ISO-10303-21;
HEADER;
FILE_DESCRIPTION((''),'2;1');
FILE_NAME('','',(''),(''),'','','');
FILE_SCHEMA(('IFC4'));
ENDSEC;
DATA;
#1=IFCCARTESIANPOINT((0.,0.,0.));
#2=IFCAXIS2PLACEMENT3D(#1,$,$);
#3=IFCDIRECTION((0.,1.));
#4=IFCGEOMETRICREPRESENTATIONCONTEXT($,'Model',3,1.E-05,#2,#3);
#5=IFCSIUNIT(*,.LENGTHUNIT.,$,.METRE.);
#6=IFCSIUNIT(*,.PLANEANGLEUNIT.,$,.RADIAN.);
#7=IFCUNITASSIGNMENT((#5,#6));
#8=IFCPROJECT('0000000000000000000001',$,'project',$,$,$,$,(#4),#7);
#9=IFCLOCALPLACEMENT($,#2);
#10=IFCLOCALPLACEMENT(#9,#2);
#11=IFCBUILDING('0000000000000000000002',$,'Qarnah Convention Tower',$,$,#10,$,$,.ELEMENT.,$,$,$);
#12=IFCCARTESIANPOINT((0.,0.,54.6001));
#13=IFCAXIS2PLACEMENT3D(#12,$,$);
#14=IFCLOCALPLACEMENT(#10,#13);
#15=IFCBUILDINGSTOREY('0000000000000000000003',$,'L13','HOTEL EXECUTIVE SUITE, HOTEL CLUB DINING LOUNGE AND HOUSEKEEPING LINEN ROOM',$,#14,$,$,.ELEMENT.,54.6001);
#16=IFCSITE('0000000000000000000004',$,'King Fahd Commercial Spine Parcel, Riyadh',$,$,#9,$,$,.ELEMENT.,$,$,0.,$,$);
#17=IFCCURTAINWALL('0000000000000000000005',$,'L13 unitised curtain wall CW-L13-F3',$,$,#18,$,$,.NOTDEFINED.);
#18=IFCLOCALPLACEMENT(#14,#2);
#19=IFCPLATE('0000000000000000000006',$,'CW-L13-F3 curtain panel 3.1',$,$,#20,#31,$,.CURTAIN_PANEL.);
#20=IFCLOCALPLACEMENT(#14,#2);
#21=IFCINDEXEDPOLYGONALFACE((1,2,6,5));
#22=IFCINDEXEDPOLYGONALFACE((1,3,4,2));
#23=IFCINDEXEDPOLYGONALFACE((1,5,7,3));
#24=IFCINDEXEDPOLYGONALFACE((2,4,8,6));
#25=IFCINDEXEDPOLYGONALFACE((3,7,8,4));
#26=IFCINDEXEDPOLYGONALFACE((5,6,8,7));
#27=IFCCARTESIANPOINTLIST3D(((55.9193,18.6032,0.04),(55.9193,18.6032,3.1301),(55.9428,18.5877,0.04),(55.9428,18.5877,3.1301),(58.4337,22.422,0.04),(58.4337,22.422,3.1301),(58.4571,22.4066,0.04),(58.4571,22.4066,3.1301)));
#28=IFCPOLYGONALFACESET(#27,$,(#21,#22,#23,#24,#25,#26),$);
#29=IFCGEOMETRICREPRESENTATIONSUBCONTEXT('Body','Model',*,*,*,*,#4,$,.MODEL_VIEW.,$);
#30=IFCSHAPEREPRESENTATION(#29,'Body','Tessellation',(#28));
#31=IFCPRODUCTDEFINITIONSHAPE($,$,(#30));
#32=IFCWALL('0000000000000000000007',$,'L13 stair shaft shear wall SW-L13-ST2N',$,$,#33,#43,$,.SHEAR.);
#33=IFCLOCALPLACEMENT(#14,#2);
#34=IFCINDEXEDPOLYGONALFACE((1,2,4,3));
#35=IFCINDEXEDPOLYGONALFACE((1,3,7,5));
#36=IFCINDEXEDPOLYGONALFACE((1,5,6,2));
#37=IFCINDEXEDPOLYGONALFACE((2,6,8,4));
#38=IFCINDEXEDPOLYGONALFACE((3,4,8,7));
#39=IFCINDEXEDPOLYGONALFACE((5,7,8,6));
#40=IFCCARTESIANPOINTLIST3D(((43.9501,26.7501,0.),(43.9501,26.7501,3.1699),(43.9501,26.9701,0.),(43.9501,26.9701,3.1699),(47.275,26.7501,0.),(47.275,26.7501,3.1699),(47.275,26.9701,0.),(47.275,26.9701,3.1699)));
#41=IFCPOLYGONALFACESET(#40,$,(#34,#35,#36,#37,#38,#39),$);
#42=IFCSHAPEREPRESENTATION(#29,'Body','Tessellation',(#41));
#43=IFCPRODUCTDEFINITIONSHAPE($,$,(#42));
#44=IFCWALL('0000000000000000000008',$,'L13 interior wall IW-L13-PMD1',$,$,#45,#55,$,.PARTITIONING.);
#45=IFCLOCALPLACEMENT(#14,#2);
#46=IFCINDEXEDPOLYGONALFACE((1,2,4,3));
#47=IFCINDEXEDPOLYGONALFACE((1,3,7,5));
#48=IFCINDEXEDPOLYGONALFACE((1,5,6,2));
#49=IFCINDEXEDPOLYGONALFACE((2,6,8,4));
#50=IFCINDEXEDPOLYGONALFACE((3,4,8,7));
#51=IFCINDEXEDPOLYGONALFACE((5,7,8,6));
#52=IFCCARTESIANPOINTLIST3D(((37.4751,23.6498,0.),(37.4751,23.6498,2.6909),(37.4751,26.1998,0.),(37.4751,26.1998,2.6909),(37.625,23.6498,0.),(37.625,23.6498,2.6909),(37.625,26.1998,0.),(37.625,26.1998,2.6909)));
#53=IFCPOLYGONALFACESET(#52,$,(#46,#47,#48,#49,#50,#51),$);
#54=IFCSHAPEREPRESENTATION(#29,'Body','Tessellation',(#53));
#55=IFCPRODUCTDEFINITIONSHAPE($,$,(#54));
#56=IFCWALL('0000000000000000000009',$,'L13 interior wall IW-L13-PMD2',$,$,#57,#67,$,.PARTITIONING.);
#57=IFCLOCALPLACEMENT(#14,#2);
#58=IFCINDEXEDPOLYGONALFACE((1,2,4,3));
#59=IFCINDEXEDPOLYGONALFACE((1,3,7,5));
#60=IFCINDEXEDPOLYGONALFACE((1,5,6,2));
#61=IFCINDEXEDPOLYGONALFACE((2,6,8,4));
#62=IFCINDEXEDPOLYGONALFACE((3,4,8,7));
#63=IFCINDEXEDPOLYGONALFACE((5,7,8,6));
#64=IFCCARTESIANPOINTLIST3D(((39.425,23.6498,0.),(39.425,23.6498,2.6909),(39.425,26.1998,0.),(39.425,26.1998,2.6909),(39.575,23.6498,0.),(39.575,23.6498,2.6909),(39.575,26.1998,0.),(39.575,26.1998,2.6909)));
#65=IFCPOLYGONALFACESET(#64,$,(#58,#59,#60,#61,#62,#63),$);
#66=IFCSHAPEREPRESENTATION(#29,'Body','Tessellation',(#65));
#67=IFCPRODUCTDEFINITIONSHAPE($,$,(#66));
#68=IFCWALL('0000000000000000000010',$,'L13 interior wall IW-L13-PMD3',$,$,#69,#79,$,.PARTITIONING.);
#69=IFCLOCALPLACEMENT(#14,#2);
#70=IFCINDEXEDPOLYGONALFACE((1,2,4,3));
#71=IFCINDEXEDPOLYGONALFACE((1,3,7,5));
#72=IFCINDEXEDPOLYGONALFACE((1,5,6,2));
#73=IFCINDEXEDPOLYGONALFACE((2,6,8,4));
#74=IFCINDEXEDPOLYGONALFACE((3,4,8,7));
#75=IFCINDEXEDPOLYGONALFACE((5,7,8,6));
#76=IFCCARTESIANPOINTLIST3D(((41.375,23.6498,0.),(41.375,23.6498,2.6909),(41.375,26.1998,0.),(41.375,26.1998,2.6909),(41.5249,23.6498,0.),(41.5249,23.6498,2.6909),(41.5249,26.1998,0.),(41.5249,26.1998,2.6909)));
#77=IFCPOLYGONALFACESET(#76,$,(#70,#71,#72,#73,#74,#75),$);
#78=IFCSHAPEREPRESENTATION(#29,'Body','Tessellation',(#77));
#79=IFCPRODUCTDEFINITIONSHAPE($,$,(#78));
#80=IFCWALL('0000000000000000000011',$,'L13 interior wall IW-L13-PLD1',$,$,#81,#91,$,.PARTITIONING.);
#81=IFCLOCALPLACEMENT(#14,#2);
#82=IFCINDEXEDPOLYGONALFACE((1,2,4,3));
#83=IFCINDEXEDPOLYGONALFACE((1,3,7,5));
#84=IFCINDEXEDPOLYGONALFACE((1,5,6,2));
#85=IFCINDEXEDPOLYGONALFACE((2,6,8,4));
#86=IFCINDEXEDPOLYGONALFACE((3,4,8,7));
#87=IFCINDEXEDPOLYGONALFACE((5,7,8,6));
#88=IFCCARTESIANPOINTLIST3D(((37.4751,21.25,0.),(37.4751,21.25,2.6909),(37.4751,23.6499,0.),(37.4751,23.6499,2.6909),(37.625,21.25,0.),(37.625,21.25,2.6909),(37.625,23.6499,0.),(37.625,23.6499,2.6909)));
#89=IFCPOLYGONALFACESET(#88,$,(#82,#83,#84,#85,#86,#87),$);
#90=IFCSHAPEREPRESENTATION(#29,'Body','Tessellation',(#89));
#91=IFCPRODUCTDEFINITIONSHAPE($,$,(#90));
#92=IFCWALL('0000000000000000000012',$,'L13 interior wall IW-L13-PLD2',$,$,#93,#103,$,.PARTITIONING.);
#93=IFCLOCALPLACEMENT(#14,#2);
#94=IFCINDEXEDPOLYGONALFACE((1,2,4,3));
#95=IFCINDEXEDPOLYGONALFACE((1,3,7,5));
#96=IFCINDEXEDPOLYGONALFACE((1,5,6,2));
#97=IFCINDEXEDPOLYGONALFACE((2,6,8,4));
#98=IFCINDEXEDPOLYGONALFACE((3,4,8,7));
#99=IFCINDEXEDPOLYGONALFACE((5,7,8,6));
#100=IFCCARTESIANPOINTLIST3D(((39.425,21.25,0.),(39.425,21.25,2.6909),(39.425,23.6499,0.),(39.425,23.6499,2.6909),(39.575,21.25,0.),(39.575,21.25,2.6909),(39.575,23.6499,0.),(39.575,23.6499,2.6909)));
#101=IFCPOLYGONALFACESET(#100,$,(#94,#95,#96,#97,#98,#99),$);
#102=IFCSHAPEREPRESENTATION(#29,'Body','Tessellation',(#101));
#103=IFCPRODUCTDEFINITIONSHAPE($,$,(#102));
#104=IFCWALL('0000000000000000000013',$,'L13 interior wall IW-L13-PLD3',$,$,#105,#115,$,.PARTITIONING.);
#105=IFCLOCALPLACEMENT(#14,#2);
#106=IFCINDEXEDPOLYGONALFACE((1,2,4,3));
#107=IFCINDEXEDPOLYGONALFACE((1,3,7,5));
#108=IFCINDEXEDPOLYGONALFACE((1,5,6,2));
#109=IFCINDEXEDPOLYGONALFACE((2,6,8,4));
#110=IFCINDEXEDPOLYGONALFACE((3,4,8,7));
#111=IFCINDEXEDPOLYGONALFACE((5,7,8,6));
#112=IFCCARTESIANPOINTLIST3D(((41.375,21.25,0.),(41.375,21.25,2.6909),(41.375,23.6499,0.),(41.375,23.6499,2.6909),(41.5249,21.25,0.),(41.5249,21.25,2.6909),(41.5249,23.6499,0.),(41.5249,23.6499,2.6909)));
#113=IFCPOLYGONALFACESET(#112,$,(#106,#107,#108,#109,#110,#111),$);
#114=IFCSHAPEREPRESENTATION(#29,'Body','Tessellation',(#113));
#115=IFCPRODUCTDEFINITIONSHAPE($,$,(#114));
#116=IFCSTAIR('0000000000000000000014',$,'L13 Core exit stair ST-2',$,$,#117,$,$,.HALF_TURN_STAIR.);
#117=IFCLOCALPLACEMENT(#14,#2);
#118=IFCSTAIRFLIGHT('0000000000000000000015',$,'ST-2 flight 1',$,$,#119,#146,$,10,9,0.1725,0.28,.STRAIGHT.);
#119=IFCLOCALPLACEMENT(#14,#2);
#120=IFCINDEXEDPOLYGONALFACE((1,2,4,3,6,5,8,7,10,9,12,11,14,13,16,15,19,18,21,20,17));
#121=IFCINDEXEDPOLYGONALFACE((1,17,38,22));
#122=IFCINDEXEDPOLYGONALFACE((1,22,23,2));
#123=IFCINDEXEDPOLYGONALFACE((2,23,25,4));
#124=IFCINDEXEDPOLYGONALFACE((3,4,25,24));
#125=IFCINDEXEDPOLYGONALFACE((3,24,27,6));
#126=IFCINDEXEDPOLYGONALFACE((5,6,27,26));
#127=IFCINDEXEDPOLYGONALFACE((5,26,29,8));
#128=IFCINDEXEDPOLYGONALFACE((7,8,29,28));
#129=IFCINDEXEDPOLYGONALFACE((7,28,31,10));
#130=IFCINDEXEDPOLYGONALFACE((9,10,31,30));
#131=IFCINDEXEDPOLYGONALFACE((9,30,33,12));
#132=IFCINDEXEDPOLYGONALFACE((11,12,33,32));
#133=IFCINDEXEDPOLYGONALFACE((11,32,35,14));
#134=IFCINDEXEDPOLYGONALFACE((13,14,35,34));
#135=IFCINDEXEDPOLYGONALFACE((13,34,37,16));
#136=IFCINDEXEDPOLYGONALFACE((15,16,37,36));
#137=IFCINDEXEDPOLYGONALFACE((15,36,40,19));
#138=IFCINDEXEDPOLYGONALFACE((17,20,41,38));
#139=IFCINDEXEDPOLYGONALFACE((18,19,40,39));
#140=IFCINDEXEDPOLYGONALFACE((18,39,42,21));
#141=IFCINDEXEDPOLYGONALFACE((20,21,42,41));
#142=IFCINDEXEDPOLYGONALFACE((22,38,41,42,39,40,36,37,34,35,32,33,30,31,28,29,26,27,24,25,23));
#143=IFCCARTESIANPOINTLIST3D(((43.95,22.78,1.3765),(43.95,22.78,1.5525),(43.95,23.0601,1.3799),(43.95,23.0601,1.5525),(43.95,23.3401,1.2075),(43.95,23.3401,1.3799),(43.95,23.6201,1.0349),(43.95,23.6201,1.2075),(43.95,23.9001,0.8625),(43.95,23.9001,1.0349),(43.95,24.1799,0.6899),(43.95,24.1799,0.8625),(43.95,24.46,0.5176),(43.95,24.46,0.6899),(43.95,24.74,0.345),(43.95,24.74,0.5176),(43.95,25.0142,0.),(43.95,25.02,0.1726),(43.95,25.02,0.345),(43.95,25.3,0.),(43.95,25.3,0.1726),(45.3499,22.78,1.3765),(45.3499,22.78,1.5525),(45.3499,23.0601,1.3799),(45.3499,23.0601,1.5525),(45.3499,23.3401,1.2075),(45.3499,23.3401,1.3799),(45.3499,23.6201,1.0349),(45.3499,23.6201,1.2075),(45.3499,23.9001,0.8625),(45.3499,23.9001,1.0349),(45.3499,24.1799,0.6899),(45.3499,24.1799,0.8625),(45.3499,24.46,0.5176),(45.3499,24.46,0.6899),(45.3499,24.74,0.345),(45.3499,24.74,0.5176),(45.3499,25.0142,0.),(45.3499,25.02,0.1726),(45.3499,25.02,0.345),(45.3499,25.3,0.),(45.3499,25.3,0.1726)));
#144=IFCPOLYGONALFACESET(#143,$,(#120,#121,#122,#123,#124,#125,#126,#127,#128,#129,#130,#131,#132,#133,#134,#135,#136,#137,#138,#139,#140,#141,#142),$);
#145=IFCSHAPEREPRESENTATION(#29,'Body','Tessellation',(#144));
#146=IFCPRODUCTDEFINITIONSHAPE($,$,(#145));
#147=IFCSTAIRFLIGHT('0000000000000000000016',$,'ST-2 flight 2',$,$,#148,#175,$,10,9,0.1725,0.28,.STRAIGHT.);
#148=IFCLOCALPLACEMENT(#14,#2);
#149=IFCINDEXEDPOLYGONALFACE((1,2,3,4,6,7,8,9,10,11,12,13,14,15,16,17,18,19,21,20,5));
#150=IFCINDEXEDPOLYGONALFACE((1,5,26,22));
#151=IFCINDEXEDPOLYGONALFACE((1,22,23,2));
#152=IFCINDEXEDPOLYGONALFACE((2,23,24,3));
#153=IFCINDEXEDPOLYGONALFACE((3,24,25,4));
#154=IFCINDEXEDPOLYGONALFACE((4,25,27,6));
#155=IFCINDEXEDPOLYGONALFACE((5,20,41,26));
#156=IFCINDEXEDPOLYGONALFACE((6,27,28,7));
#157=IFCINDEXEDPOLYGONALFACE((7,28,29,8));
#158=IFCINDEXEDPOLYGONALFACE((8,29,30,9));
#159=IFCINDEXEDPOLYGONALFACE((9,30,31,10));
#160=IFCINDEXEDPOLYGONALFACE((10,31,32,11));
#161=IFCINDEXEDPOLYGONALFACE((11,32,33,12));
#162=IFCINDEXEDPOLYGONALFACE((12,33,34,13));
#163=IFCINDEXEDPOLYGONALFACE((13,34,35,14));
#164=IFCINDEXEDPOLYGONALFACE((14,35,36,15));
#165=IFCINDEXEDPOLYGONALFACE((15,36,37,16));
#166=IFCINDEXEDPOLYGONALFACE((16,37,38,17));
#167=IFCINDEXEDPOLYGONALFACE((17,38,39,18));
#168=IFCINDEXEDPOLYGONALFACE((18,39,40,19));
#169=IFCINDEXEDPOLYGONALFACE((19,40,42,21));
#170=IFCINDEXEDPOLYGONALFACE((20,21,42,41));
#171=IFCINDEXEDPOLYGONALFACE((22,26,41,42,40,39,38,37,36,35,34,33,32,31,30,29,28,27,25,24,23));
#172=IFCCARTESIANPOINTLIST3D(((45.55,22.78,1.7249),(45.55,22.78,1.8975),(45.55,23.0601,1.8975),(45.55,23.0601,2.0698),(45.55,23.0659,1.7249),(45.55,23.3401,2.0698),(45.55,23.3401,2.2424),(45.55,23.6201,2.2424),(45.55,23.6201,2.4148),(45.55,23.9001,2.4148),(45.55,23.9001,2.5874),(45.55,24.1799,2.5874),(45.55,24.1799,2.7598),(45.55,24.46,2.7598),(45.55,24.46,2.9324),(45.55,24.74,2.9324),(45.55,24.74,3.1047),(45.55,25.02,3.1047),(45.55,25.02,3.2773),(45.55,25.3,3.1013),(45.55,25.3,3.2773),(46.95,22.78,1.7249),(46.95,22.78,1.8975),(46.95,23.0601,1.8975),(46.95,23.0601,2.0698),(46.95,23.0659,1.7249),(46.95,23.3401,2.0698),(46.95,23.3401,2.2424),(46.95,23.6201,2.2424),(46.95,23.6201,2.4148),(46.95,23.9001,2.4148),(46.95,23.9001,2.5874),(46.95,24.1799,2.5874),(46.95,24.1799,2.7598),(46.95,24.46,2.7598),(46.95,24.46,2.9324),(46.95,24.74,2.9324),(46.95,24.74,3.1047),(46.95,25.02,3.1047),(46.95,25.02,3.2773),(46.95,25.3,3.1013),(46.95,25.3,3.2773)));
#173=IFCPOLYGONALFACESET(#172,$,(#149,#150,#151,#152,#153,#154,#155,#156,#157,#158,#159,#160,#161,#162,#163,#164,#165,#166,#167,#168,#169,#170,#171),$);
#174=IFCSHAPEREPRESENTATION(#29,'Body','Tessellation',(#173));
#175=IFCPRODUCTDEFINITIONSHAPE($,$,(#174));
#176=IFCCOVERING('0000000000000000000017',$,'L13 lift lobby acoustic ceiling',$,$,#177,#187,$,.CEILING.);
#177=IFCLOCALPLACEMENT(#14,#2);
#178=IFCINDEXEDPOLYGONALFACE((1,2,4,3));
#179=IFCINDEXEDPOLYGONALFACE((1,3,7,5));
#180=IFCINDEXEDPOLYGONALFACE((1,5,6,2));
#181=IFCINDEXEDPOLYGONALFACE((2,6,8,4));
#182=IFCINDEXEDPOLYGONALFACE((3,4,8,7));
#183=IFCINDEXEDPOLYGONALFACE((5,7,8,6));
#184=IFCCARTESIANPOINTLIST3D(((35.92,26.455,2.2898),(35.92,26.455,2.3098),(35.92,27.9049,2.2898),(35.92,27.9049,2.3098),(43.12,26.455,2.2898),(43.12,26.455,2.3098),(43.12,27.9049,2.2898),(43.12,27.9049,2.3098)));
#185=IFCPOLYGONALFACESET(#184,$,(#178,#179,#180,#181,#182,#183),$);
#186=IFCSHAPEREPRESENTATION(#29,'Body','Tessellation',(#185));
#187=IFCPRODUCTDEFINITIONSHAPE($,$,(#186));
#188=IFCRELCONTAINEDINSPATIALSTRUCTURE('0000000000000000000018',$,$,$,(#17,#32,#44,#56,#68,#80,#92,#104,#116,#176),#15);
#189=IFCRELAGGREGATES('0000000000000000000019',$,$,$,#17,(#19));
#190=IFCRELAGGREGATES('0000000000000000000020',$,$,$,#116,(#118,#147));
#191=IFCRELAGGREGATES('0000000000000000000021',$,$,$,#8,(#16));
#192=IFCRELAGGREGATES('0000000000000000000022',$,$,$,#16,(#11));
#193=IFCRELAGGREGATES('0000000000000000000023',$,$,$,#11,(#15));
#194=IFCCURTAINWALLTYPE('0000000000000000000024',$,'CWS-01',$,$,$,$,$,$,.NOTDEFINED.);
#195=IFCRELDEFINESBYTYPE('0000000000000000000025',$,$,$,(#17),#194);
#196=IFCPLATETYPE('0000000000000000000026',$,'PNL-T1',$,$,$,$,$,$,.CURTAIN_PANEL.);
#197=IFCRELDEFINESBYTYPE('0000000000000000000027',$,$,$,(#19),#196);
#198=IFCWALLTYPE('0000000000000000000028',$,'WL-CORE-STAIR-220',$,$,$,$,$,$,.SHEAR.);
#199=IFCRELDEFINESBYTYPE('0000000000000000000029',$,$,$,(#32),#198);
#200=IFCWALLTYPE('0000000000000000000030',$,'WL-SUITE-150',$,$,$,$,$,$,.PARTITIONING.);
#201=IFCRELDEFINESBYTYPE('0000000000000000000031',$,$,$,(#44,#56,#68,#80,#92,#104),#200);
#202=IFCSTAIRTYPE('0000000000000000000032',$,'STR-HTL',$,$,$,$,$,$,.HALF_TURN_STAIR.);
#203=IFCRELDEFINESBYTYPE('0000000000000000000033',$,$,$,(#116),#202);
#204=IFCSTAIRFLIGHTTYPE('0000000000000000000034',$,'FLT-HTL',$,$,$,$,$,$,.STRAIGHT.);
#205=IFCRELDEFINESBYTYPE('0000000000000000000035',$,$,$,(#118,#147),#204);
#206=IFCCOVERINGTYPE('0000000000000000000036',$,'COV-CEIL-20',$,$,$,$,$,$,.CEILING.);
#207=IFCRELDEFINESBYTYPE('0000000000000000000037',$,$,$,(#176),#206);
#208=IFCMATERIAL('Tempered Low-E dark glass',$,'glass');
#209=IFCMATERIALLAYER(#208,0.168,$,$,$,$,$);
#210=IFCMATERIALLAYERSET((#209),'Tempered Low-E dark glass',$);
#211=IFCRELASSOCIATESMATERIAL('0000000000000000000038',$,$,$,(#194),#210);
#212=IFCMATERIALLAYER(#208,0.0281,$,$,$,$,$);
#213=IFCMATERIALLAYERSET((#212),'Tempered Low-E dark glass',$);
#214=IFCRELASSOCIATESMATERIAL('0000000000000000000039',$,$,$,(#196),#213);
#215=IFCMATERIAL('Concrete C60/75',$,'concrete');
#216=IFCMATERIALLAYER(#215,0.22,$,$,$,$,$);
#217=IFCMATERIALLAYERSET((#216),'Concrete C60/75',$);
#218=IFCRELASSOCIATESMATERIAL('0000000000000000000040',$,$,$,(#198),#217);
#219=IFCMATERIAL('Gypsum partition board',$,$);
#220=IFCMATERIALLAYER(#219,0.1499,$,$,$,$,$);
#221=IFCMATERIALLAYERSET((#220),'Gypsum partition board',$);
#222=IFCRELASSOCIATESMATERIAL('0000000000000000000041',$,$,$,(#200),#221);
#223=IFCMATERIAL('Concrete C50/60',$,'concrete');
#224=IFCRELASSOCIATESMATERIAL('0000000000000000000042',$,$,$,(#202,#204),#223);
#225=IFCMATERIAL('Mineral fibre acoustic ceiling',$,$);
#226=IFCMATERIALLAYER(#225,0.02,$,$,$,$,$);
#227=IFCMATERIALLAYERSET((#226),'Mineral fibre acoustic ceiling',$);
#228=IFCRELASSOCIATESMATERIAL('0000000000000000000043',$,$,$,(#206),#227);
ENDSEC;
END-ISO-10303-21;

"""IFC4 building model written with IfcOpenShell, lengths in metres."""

from ifc_helpers import new_model, si_unit, direction, frame, frame_2d, origin, origin_2d, place, context, subcontext, project, spatial, polyline, rectangle, outline, extrude, material, layer, layer_set, type_object, element, aggregate, save


model = new_model("IFC4")

# Units and contexts
model_context = context("Model", 3, precision=1e-05, world=origin(), true_north=direction((0.0, 1.0)))
body_context = subcontext(model_context, "Body", "Model", "MODEL_VIEW")
ifc_project = project(units=[si_unit("LENGTHUNIT", "METRE"), si_unit("PLANEANGLEUNIT", "RADIAN")], contexts=[model_context])

# Site, building, storey
site_placement = place(None, origin())
site = spatial("IfcSite", under=ifc_project, at=site_placement, Name="King Fahd Commercial Spine Parcel, Riyadh", CompositionType="ELEMENT", RefElevation=0.0)
building_placement = place(site_placement, origin())
building = spatial("IfcBuilding", under=site, at=building_placement, Name="Qarnah Convention Tower", CompositionType="ELEMENT")
storey_placement = place(building_placement, frame((0.0, 0.0, 54.6001)))
storey = spatial("IfcBuildingStorey", under=building, at=storey_placement, Name="L13", Description="HOTEL EXECUTIVE SUITE, HOTEL CLUB DINING LOUNGE AND HOUSEKEEPING LINEN ROOM", CompositionType="ELEMENT", Elevation=54.6001)

# Shared definitions
ifc_material_1 = material(Name="Concrete C60/75", Category="concrete")

# Curtain wall, plate
ifc_material_2 = material(Name="Tempered Low-E dark glass", Category="glass")
ifc_layer_1 = layer(ifc_material_2, 0.168)
ifc_layer_set_1 = layer_set([ifc_layer_1], Name="Tempered Low-E dark glass")
curtain_wall_type = type_object("IfcCurtainWallType", Name="CWS-01", PredefinedType="NOTDEFINED", material=ifc_layer_set_1)
curtain_wall_placement = place(storey_placement, origin())
curtain_wall = element("IfcCurtainWall", 1, at=curtain_wall_placement, inside=storey, type_object=curtain_wall_type, Name="L13 unitised curtain wall CW-L13-F3", PredefinedType="NOTDEFINED")
ifc_layer_2 = layer(ifc_material_2, 0.0281)
ifc_layer_set_2 = layer_set([ifc_layer_2], Name="Tempered Low-E dark glass")
plate_type = type_object("IfcPlateType", Name="PNL-T1", PredefinedType="CURTAIN_PANEL", material=ifc_layer_set_2)
plate_1_placement = place(storey_placement, frame((57.1882, 20.5049, 0.04), z_axis=(0.0, 0.0, 1.0), x_axis=(-0.549913, -0.835222, 0.0)))
plate_1 = element("IfcPlate", 2, at=plate_1_placement, type_object=plate_type, Name="CW-L13-F3 curtain panel 3.1", PredefinedType="CURTAIN_PANEL", context=body_context, shape_type="SweptSolid", body=[
    extrude(rectangle(XDim=4.5723, YDim=0.0281, at=origin_2d()), origin(), (0.0, 0.0, 1.0), 3.0901),
])
aggregate(curtain_wall, [plate_1])

# Walls
ifc_layer_3 = layer(ifc_material_1, 0.22)
ifc_layer_set_3 = layer_set([ifc_layer_3], Name="Concrete C60/75")
wall_type_1 = type_object("IfcWallType", Name="WL-CORE-STAIR-220", PredefinedType="SHEAR", material=ifc_layer_set_3)
wall_placement = place(storey_placement, frame((43.95, 26.8601, 0.0), z_axis=(0.0, 0.0, 1.0), x_axis=(1.0, 0.0, 0.0)))
element("IfcWall", 3, at=wall_placement, inside=storey, type_object=wall_type_1, Name="L13 stair shaft shear wall SW-L13-ST2N", PredefinedType="SHEAR", context=body_context, shape_type="SweptSolid", body=[
    extrude(rectangle(XDim=3.325, YDim=0.22, at=frame_2d((1.6626, 0.0))), origin(), (0.0, 0.0, 1.0), 3.1699),
])
ifc_material_3 = material(Name="Gypsum partition board")
ifc_layer_4 = layer(ifc_material_3, 0.1499)
ifc_layer_set_4 = layer_set([ifc_layer_4], Name="Gypsum partition board")
wall_type_2 = type_object("IfcWallType", Name="WL-SUITE-150", PredefinedType="PARTITIONING", material=ifc_layer_set_4)
for number, where, z_axis, x_axis, name in (
    (4, (37.55, 23.6499, 0.0), (0.0, 0.0, 1.0), (0.0, 1.0, 0.0), "L13 interior wall IW-L13-PMD1"),
    (5, (39.5, 23.6499, 0.0), (0.0, 0.0, 1.0), (0.0, 1.0, 0.0), "L13 interior wall IW-L13-PMD2"),
    (6, (41.45, 23.6499, 0.0), (0.0, 0.0, 1.0), (0.0, 1.0, 0.0), "L13 interior wall IW-L13-PMD3"),
):
    element("IfcWall", number, at=place(storey_placement, frame(where, z_axis=z_axis, x_axis=x_axis)), inside=storey, type_object=wall_type_2, Name=name, PredefinedType="PARTITIONING", context=body_context, shape_type="SweptSolid", body=[
        extrude(rectangle(XDim=2.55, YDim=0.1499, at=frame_2d((1.2749, 0.0))), origin(), (0.0, 0.0, 1.0), 2.6909),
    ])
for number, where, z_axis, x_axis, name in (
    (7, (37.55, 21.25, 0.0), (0.0, 0.0, 1.0), (0.0, 1.0, 0.0), "L13 interior wall IW-L13-PLD1"),
    (8, (39.5, 21.25, 0.0), (0.0, 0.0, 1.0), (0.0, 1.0, 0.0), "L13 interior wall IW-L13-PLD2"),
    (9, (41.45, 21.25, 0.0), (0.0, 0.0, 1.0), (0.0, 1.0, 0.0), "L13 interior wall IW-L13-PLD3"),
):
    element("IfcWall", number, at=place(storey_placement, frame(where, z_axis=z_axis, x_axis=x_axis)), inside=storey, type_object=wall_type_2, Name=name, PredefinedType="PARTITIONING", context=body_context, shape_type="SweptSolid", body=[
        extrude(rectangle(XDim=2.3999, YDim=0.1499, at=frame_2d((1.2, 0.0))), origin(), (0.0, 0.0, 1.0), 2.6909),
    ])

# Stair, stair flights
ifc_material_4 = material(Name="Concrete C50/60", Category="concrete")
stair_type = type_object("IfcStairType", Name="STR-HTL", PredefinedType="HALF_TURN_STAIR", material=ifc_material_4)
stair_placement = place(storey_placement, origin())
stair = element("IfcStair", 10, at=stair_placement, inside=storey, type_object=stair_type, Name="L13 Core exit stair ST-2", PredefinedType="HALF_TURN_STAIR")
stair_flight_type = type_object("IfcStairFlightType", Name="FLT-HTL", PredefinedType="STRAIGHT", material=ifc_material_4)
stair_flight_1_placement = place(storey_placement, frame((44.6499, 25.3, 0.0), z_axis=(0.0, 0.0, 1.0), x_axis=(0.0, -1.0, 0.0)))
stair_flight_1 = element("IfcStairFlight", 11, at=stair_flight_1_placement, type_object=stair_flight_type, Name="ST-2 flight 1", NumberOfRisers=10, NumberOfTreads=9, PredefinedType="STRAIGHT", RiserHeight=0.1725, TreadLength=0.28, context=body_context, shape_type="SweptSolid", body=[
    extrude(outline(polyline([(0.0, 0.0), (0.0, 0.1726), (0.28, 0.1726), (0.28, 0.345), (0.5601, 0.345), (0.5601, 0.5176), (0.8401, 0.5176), (0.8401, 0.6899), (1.1201, 0.6899), (1.1201, 0.8625), (1.3999, 0.8625), (1.3999, 1.0349), (1.6799, 1.0349), (1.6799, 1.2075), (1.96, 1.2075), (1.96, 1.3799), (2.24, 1.3799), (2.24, 1.5525), (2.52, 1.5525), (2.52, 1.7251), (2.52, 1.3765), (0.2859, 0.0), (0.0, 0.0)])), frame((0.0, 0.7, 0.0), z_axis=(0.0, -1.0, 0.0), x_axis=(1.0, 0.0, 0.0)), (0.0, 0.0, 1.0), 1.3999),
])
stair_flight_2_placement = place(storey_placement, frame((46.25, 22.78, 1.7249), z_axis=(0.0, 0.0, 1.0), x_axis=(0.0, 1.0, 0.0)))
stair_flight_2 = element("IfcStairFlight", 12, at=stair_flight_2_placement, type_object=stair_flight_type, Name="ST-2 flight 2", NumberOfRisers=10, NumberOfTreads=9, PredefinedType="STRAIGHT", RiserHeight=0.1725, TreadLength=0.28, context=body_context, shape_type="SweptSolid", body=[
    extrude(outline(polyline([(0.0, 0.0), (0.0, 0.1726), (0.28, 0.1726), (0.28, 0.345), (0.5601, 0.345), (0.5601, 0.5176), (0.8401, 0.5176), (0.8401, 0.6899), (1.1201, 0.6899), (1.1201, 0.8625), (1.3999, 0.8625), (1.3999, 1.0349), (1.6799, 1.0349), (1.6799, 1.2075), (1.96, 1.2075), (1.96, 1.3799), (2.24, 1.3799), (2.24, 1.5525), (2.52, 1.5525), (2.52, 1.7251), (2.52, 1.3765), (0.2859, 0.0), (0.0, 0.0)])), frame((0.0, 0.7, 0.0), z_axis=(0.0, -1.0, 0.0), x_axis=(1.0, 0.0, 0.0)), (0.0, 0.0, 1.0), 1.3999),
])
aggregate(stair, [stair_flight_1, stair_flight_2])

# Covering
ifc_material_5 = material(Name="Mineral fibre acoustic ceiling")
ifc_layer_5 = layer(ifc_material_5, 0.02)
ifc_layer_set_5 = layer_set([ifc_layer_5], Name="Mineral fibre acoustic ceiling")
covering_type_1 = type_object("IfcCoveringType", Name="COV-CEIL-20", PredefinedType="CEILING", material=ifc_layer_set_5)
covering_1_placement = place(storey_placement, frame((39.52, 27.1799, 2.2898), z_axis=(0.0, 0.0, 1.0), x_axis=(1.0, 0.0, 0.0)))
element("IfcCovering", 13, at=covering_1_placement, inside=storey, type_object=covering_type_1, Name="L13 lift lobby acoustic ceiling", PredefinedType="CEILING", context=body_context, shape_type="SweptSolid", body=[
    extrude(rectangle(XDim=7.2, YDim=1.45, at=origin_2d()), origin(), (0.0, 0.0, 1.0), 0.02),
])

save(model, "model.ifc")
